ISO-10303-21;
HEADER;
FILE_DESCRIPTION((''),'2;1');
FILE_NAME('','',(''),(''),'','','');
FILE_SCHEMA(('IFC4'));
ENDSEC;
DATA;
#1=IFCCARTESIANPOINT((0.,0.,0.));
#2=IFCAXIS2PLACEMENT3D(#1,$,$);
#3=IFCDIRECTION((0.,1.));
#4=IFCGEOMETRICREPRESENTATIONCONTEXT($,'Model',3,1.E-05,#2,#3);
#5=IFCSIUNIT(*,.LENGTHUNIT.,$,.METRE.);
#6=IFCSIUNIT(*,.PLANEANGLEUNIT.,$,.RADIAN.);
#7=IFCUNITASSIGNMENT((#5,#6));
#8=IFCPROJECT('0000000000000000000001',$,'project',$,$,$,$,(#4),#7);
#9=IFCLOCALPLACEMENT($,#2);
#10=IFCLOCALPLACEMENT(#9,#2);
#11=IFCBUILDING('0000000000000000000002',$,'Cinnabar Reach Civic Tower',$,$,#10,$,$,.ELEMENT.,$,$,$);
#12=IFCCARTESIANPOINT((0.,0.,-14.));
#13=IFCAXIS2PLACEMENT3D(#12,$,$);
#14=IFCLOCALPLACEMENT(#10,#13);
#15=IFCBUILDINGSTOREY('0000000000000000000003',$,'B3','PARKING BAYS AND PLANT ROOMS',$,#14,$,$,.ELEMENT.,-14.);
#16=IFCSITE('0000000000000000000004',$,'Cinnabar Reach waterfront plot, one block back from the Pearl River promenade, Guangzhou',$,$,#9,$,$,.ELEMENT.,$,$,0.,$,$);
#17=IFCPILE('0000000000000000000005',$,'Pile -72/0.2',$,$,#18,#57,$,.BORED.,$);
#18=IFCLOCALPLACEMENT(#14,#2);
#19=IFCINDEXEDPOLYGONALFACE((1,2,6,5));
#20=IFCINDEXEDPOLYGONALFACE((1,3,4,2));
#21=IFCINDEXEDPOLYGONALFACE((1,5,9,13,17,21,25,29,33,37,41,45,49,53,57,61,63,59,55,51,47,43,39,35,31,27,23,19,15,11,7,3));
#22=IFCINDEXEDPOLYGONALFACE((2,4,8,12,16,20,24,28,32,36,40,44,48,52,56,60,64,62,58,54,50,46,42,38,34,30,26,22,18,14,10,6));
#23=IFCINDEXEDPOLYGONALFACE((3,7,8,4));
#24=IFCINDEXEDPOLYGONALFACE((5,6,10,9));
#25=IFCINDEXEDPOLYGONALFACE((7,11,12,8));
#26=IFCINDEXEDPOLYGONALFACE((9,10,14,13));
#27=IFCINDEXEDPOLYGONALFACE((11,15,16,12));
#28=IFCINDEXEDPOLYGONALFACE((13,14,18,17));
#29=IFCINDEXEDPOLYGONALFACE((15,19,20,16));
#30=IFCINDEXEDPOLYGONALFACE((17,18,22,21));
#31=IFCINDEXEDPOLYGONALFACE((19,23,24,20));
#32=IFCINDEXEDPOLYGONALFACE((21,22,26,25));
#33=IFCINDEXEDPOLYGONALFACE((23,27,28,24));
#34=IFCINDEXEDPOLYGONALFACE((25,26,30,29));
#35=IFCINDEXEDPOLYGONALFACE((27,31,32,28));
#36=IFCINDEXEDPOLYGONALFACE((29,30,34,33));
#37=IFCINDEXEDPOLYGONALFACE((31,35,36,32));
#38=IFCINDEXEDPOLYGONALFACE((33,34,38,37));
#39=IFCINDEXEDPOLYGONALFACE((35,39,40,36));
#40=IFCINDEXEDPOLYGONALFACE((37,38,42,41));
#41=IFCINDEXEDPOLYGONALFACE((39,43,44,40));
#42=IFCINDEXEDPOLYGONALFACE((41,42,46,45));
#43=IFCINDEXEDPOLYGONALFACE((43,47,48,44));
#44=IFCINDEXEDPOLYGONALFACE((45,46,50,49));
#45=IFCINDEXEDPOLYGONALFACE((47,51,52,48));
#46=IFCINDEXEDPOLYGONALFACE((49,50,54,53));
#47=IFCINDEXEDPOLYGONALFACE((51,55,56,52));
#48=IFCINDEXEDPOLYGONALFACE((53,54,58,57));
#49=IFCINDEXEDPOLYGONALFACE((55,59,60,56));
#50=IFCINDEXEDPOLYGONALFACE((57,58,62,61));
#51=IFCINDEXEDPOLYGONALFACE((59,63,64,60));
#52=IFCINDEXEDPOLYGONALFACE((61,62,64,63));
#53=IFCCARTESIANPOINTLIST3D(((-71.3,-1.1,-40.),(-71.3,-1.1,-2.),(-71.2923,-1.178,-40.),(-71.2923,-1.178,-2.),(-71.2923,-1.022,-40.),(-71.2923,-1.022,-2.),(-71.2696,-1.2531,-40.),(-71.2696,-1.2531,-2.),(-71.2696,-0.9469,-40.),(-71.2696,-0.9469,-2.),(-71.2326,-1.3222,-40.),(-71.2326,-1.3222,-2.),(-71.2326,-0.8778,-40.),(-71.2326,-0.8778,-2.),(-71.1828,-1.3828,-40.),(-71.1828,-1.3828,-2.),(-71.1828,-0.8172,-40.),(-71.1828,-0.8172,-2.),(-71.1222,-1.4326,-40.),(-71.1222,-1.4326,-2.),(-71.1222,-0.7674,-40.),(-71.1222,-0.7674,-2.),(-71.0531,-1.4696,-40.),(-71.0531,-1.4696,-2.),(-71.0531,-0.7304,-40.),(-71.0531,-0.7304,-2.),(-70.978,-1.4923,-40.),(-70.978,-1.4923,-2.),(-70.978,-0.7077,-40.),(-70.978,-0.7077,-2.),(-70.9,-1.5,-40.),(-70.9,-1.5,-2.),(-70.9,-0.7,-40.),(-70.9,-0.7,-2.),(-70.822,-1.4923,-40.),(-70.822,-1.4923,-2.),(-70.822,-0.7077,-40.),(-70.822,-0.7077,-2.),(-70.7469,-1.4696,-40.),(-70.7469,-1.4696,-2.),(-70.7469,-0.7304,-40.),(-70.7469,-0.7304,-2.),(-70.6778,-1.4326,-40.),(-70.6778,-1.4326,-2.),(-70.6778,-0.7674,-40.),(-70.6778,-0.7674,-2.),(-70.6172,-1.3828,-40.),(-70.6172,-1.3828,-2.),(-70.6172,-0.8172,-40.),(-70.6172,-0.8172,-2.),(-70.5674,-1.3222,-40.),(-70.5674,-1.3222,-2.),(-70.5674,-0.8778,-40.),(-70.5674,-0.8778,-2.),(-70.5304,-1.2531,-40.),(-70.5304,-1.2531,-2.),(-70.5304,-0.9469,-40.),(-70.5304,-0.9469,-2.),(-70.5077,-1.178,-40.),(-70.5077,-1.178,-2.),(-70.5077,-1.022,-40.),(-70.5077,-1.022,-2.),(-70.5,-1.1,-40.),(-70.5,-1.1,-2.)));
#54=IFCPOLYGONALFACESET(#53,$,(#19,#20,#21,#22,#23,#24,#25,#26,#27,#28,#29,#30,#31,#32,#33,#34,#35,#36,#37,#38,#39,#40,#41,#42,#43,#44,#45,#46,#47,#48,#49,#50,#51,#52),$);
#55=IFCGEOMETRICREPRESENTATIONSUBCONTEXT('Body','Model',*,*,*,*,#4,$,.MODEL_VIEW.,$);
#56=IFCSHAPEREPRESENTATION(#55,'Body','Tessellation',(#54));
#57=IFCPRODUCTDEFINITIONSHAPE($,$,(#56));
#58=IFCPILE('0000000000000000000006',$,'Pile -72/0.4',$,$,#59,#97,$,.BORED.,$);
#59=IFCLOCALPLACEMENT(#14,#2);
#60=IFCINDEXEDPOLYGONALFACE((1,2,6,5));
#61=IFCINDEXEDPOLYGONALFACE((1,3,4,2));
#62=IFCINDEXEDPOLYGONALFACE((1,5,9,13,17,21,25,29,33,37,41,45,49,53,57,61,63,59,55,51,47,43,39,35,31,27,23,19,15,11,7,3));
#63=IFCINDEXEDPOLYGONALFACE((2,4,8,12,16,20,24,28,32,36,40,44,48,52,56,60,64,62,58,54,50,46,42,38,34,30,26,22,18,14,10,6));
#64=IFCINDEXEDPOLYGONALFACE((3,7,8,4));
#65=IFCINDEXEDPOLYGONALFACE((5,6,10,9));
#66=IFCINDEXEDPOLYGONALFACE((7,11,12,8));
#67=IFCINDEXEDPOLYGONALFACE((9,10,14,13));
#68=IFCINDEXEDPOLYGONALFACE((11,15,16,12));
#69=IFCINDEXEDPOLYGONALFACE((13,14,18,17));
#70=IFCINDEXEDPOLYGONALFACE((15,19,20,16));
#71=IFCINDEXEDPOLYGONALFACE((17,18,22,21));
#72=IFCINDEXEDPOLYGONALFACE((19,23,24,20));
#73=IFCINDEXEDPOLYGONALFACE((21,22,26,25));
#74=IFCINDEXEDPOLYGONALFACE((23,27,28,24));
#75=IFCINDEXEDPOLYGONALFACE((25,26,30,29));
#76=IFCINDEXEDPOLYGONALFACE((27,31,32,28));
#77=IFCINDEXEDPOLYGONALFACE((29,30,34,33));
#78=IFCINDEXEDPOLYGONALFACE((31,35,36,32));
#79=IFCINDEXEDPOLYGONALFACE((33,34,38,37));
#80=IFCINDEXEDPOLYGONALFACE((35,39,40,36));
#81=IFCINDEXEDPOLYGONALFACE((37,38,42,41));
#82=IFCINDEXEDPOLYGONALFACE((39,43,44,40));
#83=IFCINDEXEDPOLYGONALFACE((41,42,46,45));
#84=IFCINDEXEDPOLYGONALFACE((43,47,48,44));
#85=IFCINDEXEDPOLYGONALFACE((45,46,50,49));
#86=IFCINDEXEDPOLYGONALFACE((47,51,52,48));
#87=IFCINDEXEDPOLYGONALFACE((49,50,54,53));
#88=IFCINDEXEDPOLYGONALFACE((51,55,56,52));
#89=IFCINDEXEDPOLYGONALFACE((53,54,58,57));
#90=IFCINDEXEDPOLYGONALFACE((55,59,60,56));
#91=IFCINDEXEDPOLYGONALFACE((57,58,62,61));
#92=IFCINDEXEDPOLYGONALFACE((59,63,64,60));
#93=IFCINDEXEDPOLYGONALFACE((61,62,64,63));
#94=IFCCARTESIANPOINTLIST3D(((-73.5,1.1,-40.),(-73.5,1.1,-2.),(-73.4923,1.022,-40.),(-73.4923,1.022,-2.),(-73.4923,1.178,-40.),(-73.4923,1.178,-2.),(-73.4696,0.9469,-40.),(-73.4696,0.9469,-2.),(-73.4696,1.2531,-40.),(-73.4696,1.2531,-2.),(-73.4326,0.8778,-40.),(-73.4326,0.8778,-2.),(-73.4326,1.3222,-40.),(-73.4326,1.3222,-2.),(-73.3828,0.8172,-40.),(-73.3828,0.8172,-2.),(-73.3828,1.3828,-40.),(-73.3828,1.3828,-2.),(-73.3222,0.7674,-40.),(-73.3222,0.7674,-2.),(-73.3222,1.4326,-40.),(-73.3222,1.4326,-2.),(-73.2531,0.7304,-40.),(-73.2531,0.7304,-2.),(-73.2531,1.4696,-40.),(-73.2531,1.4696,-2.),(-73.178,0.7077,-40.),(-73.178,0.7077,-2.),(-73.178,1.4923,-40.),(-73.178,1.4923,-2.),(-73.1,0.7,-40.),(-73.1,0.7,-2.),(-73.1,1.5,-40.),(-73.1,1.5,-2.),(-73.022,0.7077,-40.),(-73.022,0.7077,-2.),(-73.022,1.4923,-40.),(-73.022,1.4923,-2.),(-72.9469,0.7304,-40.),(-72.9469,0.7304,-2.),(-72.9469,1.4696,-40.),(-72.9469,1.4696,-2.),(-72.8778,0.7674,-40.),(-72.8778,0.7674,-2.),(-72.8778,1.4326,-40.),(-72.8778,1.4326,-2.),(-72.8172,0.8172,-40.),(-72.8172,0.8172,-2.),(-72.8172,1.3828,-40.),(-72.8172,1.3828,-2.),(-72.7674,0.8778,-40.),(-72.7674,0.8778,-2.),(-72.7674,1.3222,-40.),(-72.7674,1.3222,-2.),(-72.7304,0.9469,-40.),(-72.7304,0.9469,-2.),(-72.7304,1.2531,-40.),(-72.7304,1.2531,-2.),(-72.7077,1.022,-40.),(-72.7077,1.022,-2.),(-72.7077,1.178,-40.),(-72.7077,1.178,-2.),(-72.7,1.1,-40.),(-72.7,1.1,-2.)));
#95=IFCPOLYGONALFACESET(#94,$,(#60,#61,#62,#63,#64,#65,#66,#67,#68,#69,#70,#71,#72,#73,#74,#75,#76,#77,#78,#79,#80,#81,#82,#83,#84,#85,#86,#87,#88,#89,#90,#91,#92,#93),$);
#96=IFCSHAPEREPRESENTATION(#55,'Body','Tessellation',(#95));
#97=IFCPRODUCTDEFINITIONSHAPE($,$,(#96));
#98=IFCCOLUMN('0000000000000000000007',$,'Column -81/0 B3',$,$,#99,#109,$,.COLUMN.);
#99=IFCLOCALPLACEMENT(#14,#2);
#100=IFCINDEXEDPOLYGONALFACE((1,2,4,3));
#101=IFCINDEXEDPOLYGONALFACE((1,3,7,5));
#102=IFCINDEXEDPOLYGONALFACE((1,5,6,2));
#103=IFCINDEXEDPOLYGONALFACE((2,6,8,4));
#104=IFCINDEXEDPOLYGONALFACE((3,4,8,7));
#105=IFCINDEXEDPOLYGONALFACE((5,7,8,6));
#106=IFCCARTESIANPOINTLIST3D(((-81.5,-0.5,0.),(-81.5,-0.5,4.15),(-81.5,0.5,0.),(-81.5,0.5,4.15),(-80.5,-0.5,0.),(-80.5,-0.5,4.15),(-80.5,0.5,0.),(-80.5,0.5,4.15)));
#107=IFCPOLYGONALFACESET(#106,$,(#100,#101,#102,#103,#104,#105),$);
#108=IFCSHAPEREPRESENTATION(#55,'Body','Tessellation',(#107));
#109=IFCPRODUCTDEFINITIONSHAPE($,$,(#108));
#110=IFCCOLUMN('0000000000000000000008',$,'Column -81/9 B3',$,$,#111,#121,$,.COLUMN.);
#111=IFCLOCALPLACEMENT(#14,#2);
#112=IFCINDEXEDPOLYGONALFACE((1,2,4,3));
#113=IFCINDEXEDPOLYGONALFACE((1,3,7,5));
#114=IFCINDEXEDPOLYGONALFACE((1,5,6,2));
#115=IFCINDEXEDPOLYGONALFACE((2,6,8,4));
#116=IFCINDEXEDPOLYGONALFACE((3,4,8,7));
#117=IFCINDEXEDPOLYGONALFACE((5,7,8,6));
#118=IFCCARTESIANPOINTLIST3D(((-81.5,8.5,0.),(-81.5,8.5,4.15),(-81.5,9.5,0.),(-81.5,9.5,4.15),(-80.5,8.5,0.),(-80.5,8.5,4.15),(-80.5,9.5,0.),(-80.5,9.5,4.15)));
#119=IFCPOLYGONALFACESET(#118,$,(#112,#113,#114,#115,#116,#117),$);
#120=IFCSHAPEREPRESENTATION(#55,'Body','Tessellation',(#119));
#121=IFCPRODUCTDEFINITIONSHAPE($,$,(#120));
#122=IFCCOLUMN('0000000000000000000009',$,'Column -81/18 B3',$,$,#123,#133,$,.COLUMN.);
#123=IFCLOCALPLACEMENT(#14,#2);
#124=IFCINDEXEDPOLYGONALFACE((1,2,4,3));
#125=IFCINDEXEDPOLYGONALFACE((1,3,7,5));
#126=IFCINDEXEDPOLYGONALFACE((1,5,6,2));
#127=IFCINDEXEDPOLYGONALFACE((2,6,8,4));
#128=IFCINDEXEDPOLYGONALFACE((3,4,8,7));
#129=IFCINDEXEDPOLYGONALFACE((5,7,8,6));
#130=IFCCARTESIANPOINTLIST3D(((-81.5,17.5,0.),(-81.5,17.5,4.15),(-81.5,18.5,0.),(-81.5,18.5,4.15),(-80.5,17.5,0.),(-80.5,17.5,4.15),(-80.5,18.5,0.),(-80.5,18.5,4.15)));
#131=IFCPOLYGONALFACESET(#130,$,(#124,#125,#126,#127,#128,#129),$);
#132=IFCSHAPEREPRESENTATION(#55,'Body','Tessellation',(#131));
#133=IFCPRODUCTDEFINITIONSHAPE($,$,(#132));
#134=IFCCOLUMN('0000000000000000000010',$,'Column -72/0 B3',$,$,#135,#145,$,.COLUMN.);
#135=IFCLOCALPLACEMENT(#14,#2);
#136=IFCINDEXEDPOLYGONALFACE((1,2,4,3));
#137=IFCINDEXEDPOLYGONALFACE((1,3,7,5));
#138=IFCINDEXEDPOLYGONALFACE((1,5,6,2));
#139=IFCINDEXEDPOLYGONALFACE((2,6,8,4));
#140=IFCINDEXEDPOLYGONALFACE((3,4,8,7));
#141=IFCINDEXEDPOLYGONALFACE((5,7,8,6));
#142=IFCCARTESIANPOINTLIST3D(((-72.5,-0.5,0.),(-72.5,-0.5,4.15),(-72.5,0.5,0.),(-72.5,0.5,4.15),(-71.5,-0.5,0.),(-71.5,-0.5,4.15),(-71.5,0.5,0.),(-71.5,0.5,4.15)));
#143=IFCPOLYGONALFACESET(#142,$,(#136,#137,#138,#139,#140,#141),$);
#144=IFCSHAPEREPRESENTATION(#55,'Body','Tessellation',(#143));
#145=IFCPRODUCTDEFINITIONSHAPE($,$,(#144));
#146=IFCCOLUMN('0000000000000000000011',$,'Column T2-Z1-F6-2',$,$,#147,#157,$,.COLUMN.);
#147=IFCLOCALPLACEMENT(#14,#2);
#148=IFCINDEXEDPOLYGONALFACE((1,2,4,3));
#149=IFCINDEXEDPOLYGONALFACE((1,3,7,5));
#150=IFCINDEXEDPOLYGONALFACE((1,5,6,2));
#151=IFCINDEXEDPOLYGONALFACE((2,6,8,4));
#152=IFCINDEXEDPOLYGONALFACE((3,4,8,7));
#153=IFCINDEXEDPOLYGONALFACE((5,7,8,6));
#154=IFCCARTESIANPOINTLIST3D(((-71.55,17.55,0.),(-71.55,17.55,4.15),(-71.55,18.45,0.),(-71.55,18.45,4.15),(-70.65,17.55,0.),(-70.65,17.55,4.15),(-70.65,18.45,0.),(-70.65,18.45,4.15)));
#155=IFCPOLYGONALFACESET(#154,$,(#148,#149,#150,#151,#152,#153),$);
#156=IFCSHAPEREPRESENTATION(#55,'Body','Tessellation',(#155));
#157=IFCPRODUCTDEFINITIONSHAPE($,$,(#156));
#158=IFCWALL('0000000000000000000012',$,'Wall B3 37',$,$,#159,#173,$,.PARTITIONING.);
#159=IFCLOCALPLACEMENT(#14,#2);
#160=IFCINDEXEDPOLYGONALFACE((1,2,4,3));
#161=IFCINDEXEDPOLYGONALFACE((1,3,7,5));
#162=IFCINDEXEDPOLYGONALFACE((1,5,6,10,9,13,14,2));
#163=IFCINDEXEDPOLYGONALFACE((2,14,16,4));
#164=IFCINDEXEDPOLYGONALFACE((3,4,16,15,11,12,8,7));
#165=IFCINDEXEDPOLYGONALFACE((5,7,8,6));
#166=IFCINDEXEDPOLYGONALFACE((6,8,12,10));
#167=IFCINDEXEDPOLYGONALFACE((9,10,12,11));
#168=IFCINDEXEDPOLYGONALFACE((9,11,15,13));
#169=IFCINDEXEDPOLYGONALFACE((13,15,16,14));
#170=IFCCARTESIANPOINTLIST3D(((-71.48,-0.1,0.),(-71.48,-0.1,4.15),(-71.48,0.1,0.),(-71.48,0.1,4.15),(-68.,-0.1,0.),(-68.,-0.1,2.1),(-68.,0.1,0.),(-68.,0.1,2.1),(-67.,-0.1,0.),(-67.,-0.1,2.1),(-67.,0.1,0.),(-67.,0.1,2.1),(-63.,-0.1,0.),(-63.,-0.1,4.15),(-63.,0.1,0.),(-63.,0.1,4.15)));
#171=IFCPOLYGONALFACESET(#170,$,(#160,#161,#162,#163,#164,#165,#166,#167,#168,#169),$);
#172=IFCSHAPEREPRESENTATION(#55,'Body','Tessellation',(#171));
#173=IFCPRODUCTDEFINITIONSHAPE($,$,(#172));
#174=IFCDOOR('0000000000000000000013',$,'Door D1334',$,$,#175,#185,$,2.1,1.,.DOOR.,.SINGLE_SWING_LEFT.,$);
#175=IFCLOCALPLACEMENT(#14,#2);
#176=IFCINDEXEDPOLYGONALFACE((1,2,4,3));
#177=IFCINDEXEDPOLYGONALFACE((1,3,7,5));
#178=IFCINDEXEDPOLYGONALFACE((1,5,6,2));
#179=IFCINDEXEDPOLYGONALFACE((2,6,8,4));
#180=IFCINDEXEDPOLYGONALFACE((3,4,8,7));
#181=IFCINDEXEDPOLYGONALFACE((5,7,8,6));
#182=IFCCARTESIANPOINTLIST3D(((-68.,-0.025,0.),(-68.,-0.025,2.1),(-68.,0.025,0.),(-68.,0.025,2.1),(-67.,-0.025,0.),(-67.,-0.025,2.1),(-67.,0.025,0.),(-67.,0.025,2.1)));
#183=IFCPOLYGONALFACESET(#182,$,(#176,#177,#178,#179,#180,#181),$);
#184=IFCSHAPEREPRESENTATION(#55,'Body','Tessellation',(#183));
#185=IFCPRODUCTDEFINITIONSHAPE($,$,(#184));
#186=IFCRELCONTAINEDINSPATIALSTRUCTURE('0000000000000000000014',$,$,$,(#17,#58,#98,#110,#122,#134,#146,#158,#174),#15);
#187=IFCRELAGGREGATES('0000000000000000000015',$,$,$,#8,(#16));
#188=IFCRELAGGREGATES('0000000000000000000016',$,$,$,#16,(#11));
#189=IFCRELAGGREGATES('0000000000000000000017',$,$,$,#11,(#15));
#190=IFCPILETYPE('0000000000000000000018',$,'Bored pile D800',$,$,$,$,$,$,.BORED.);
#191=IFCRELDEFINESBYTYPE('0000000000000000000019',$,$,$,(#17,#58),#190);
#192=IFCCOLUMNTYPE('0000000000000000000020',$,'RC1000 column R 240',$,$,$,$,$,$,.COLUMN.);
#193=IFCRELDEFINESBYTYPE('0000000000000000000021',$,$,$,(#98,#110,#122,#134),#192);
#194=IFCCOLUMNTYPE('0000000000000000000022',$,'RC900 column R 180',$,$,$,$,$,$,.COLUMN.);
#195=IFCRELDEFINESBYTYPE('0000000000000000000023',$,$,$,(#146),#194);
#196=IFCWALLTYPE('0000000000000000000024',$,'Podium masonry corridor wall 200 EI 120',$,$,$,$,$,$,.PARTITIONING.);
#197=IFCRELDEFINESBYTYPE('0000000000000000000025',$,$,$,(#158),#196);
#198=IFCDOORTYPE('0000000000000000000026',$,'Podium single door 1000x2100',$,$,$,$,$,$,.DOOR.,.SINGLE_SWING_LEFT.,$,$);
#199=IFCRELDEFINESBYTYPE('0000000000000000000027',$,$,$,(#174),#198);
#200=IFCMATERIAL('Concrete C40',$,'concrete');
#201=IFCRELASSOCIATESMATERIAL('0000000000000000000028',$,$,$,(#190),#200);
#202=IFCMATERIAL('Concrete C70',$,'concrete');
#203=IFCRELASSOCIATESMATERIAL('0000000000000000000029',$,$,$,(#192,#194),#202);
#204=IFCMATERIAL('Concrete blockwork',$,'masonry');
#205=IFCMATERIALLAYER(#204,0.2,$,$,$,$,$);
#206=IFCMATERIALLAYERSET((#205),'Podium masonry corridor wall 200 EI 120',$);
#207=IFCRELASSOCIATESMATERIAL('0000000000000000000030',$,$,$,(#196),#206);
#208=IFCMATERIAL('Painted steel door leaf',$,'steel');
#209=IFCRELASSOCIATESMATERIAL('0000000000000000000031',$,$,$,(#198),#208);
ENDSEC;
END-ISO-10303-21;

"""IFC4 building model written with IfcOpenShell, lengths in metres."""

from ifc_helpers import new_model, si_unit, direction, frame, frame_2d, origin, origin_2d, place, context, subcontext, project, spatial, rectangle, circle, extrude, material, layer, layer_set, material_profile, profile_set, type_object, element, fill, save


model = new_model("IFC4")

# Units and contexts
model_context = context("Model", 3, precision=1e-05, world=origin(), true_north=direction((0.0, 1.0)))
body_context = subcontext(model_context, "Body", "Model", "MODEL_VIEW")
ifc_project = project(units=[si_unit("LENGTHUNIT", "METRE"), si_unit("PLANEANGLEUNIT", "RADIAN")], contexts=[model_context])

# Site, building, storey
site_placement = place(None, origin())
site = spatial("IfcSite", under=ifc_project, at=site_placement, Name="Cinnabar Reach waterfront plot, one block back from the Pearl River promenade, Guangzhou", CompositionType="ELEMENT", RefElevation=0.0)
building_placement = place(site_placement, origin())
building = spatial("IfcBuilding", under=site, at=building_placement, Name="Cinnabar Reach Civic Tower", CompositionType="ELEMENT")
storey_placement = place(building_placement, frame((0.0, 0.0, -14.0)))
storey = spatial("IfcBuildingStorey", under=building, at=storey_placement, Name="B3", Description="PARKING BAYS AND PLANT ROOMS", CompositionType="ELEMENT", Elevation=-14.0)

# Piles
ifc_material_1 = material(Name="Concrete C40", Category="concrete")
pile_type = type_object("IfcPileType", Name="Bored pile D800", PredefinedType="BORED", material=ifc_material_1)
for number, where, z_axis, x_axis, name in (
    (1, (-70.9, -1.1, -2.0), (0.0, 0.0, -1.0), (1.0, 0.0, 0.0), "Pile -72/0.2"),
    (2, (-73.1, 1.1, -2.0), (0.0, 0.0, -1.0), (1.0, 0.0, 0.0), "Pile -72/0.4"),
):
    element("IfcPile", number, at=place(storey_placement, frame(where, z_axis=z_axis, x_axis=x_axis)), inside=storey, type_object=pile_type, Name=name, PredefinedType="BORED", context=body_context, shape_type="SweptSolid", body=[
        extrude(circle(Radius=0.4, at=origin_2d()), origin(), (0.0, 0.0, 1.0), 38.0),
    ])

# Columns
ifc_material_2 = material(Name="Concrete C70", Category="concrete")
ifc_material_profile_1 = material_profile(ifc_material_2, rectangle(XDim=1.0, YDim=1.0, at=origin_2d()), Name="RC1000")
ifc_profile_set_1 = profile_set([ifc_material_profile_1], Name="Concrete C70")
column_type_1 = type_object("IfcColumnType", Name="RC1000 column R 240", PredefinedType="COLUMN", material=ifc_profile_set_1)
for number, where, z_axis, x_axis, name in (
    (3, (-81.0, 0.0, 0.0), (0.0, 0.0, 1.0), (1.0, 0.0, 0.0), "Column -81/0 B3"),
    (4, (-81.0, 9.0, 0.0), (0.0, 0.0, 1.0), (1.0, 0.0, 0.0), "Column -81/9 B3"),
    (5, (-81.0, 18.0, 0.0), (0.0, 0.0, 1.0), (1.0, 0.0, 0.0), "Column -81/18 B3"),
    (6, (-72.0, 0.0, 0.0), (0.0, 0.0, 1.0), (1.0, 0.0, 0.0), "Column -72/0 B3"),
):
    element("IfcColumn", number, at=place(storey_placement, frame(where, z_axis=z_axis, x_axis=x_axis)), inside=storey, type_object=column_type_1, Name=name, PredefinedType="COLUMN", context=body_context, shape_type="SweptSolid", body=[
        extrude(rectangle(XDim=1.0, YDim=1.0, at=origin_2d()), origin(), (0.0, 0.0, 1.0), 4.15),
    ])
ifc_material_profile_2 = material_profile(ifc_material_2, rectangle(XDim=0.9, YDim=0.9, at=origin_2d()), Name="RC900")
ifc_profile_set_2 = profile_set([ifc_material_profile_2], Name="Concrete C70")
column_type_2 = type_object("IfcColumnType", Name="RC900 column R 180", PredefinedType="COLUMN", material=ifc_profile_set_2)
column_placement = place(storey_placement, frame((-71.1, 18.0, 0.0), z_axis=(0.0, 0.0, 1.0), x_axis=(1.0, 0.0, 0.0)))
element("IfcColumn", 7, at=column_placement, inside=storey, type_object=column_type_2, Name="Column T2-Z1-F6-2", PredefinedType="COLUMN", context=body_context, shape_type="SweptSolid", body=[
    extrude(rectangle(XDim=0.9, YDim=0.9, at=origin_2d()), origin(), (0.0, 0.0, 1.0), 4.15),
])

# Wall, opening, door
ifc_material_3 = material(Name="Concrete blockwork", Category="masonry")
ifc_layer_1 = layer(ifc_material_3, 0.2)
ifc_layer_set_1 = layer_set([ifc_layer_1], Name="Podium masonry corridor wall 200 EI 120")
wall_type_1 = type_object("IfcWallType", Name="Podium masonry corridor wall 200 EI 120", PredefinedType="PARTITIONING", material=ifc_layer_set_1)
wall_1_placement = place(storey_placement, frame((-71.48, 0.0, 0.0), z_axis=(0.0, 0.0, 1.0), x_axis=(1.0, 0.0, 0.0)))
wall_1 = element("IfcWall", 8, at=wall_1_placement, inside=storey, type_object=wall_type_1, Name="Wall B3 37", PredefinedType="PARTITIONING", context=body_context, shape_type="SweptSolid", body=[
    extrude(rectangle(XDim=8.48, YDim=0.2, at=frame_2d((4.24, 0.0))), origin(), (0.0, 0.0, 1.0), 4.15),
])
opening_1_placement = place(wall_1_placement, frame((3.48, 0.0, 0.0)))
opening_1 = element("IfcOpeningElement", 9, at=opening_1_placement, cuts=wall_1, PredefinedType="OPENING", context=body_context, shape_type="SweptSolid", body=[
    extrude(rectangle(XDim=1.0, YDim=2.1, at=frame_2d((0.5, 1.05))), frame((0.0, 0.11, 0.0), z_axis=(0.0, -1.0, 0.0), x_axis=(1.0, 0.0, 0.0)), (0.0, 0.0, 1.0), 0.22),
])
ifc_material_4 = material(Name="Painted steel door leaf", Category="steel")
door_type_1 = type_object("IfcDoorType", Name="Podium single door 1000x2100", OperationType="SINGLE_SWING_LEFT", PredefinedType="DOOR", material=ifc_material_4)
door_1_placement = place(opening_1_placement, frame((1.0, 0.0, 0.0), z_axis=(0.0, 0.0, 1.0), x_axis=(-1.0, 0.0, 0.0)))
door_1 = element("IfcDoor", 10, at=door_1_placement, inside=storey, type_object=door_type_1, Name="Door D1334", OperationType="SINGLE_SWING_LEFT", OverallHeight=2.1, OverallWidth=1.0, PredefinedType="DOOR", context=body_context, shape_type="SweptSolid", body=[
    extrude(rectangle(XDim=1.0, YDim=2.1, at=frame_2d((0.5, 1.05))), frame((0.0, 0.025, 0.0), z_axis=(0.0, -1.0, 0.0), x_axis=(1.0, 0.0, 0.0)), (0.0, 0.0, 1.0), 0.05),
])
fill(opening_1, door_1)

save(model, "model.ifc")
